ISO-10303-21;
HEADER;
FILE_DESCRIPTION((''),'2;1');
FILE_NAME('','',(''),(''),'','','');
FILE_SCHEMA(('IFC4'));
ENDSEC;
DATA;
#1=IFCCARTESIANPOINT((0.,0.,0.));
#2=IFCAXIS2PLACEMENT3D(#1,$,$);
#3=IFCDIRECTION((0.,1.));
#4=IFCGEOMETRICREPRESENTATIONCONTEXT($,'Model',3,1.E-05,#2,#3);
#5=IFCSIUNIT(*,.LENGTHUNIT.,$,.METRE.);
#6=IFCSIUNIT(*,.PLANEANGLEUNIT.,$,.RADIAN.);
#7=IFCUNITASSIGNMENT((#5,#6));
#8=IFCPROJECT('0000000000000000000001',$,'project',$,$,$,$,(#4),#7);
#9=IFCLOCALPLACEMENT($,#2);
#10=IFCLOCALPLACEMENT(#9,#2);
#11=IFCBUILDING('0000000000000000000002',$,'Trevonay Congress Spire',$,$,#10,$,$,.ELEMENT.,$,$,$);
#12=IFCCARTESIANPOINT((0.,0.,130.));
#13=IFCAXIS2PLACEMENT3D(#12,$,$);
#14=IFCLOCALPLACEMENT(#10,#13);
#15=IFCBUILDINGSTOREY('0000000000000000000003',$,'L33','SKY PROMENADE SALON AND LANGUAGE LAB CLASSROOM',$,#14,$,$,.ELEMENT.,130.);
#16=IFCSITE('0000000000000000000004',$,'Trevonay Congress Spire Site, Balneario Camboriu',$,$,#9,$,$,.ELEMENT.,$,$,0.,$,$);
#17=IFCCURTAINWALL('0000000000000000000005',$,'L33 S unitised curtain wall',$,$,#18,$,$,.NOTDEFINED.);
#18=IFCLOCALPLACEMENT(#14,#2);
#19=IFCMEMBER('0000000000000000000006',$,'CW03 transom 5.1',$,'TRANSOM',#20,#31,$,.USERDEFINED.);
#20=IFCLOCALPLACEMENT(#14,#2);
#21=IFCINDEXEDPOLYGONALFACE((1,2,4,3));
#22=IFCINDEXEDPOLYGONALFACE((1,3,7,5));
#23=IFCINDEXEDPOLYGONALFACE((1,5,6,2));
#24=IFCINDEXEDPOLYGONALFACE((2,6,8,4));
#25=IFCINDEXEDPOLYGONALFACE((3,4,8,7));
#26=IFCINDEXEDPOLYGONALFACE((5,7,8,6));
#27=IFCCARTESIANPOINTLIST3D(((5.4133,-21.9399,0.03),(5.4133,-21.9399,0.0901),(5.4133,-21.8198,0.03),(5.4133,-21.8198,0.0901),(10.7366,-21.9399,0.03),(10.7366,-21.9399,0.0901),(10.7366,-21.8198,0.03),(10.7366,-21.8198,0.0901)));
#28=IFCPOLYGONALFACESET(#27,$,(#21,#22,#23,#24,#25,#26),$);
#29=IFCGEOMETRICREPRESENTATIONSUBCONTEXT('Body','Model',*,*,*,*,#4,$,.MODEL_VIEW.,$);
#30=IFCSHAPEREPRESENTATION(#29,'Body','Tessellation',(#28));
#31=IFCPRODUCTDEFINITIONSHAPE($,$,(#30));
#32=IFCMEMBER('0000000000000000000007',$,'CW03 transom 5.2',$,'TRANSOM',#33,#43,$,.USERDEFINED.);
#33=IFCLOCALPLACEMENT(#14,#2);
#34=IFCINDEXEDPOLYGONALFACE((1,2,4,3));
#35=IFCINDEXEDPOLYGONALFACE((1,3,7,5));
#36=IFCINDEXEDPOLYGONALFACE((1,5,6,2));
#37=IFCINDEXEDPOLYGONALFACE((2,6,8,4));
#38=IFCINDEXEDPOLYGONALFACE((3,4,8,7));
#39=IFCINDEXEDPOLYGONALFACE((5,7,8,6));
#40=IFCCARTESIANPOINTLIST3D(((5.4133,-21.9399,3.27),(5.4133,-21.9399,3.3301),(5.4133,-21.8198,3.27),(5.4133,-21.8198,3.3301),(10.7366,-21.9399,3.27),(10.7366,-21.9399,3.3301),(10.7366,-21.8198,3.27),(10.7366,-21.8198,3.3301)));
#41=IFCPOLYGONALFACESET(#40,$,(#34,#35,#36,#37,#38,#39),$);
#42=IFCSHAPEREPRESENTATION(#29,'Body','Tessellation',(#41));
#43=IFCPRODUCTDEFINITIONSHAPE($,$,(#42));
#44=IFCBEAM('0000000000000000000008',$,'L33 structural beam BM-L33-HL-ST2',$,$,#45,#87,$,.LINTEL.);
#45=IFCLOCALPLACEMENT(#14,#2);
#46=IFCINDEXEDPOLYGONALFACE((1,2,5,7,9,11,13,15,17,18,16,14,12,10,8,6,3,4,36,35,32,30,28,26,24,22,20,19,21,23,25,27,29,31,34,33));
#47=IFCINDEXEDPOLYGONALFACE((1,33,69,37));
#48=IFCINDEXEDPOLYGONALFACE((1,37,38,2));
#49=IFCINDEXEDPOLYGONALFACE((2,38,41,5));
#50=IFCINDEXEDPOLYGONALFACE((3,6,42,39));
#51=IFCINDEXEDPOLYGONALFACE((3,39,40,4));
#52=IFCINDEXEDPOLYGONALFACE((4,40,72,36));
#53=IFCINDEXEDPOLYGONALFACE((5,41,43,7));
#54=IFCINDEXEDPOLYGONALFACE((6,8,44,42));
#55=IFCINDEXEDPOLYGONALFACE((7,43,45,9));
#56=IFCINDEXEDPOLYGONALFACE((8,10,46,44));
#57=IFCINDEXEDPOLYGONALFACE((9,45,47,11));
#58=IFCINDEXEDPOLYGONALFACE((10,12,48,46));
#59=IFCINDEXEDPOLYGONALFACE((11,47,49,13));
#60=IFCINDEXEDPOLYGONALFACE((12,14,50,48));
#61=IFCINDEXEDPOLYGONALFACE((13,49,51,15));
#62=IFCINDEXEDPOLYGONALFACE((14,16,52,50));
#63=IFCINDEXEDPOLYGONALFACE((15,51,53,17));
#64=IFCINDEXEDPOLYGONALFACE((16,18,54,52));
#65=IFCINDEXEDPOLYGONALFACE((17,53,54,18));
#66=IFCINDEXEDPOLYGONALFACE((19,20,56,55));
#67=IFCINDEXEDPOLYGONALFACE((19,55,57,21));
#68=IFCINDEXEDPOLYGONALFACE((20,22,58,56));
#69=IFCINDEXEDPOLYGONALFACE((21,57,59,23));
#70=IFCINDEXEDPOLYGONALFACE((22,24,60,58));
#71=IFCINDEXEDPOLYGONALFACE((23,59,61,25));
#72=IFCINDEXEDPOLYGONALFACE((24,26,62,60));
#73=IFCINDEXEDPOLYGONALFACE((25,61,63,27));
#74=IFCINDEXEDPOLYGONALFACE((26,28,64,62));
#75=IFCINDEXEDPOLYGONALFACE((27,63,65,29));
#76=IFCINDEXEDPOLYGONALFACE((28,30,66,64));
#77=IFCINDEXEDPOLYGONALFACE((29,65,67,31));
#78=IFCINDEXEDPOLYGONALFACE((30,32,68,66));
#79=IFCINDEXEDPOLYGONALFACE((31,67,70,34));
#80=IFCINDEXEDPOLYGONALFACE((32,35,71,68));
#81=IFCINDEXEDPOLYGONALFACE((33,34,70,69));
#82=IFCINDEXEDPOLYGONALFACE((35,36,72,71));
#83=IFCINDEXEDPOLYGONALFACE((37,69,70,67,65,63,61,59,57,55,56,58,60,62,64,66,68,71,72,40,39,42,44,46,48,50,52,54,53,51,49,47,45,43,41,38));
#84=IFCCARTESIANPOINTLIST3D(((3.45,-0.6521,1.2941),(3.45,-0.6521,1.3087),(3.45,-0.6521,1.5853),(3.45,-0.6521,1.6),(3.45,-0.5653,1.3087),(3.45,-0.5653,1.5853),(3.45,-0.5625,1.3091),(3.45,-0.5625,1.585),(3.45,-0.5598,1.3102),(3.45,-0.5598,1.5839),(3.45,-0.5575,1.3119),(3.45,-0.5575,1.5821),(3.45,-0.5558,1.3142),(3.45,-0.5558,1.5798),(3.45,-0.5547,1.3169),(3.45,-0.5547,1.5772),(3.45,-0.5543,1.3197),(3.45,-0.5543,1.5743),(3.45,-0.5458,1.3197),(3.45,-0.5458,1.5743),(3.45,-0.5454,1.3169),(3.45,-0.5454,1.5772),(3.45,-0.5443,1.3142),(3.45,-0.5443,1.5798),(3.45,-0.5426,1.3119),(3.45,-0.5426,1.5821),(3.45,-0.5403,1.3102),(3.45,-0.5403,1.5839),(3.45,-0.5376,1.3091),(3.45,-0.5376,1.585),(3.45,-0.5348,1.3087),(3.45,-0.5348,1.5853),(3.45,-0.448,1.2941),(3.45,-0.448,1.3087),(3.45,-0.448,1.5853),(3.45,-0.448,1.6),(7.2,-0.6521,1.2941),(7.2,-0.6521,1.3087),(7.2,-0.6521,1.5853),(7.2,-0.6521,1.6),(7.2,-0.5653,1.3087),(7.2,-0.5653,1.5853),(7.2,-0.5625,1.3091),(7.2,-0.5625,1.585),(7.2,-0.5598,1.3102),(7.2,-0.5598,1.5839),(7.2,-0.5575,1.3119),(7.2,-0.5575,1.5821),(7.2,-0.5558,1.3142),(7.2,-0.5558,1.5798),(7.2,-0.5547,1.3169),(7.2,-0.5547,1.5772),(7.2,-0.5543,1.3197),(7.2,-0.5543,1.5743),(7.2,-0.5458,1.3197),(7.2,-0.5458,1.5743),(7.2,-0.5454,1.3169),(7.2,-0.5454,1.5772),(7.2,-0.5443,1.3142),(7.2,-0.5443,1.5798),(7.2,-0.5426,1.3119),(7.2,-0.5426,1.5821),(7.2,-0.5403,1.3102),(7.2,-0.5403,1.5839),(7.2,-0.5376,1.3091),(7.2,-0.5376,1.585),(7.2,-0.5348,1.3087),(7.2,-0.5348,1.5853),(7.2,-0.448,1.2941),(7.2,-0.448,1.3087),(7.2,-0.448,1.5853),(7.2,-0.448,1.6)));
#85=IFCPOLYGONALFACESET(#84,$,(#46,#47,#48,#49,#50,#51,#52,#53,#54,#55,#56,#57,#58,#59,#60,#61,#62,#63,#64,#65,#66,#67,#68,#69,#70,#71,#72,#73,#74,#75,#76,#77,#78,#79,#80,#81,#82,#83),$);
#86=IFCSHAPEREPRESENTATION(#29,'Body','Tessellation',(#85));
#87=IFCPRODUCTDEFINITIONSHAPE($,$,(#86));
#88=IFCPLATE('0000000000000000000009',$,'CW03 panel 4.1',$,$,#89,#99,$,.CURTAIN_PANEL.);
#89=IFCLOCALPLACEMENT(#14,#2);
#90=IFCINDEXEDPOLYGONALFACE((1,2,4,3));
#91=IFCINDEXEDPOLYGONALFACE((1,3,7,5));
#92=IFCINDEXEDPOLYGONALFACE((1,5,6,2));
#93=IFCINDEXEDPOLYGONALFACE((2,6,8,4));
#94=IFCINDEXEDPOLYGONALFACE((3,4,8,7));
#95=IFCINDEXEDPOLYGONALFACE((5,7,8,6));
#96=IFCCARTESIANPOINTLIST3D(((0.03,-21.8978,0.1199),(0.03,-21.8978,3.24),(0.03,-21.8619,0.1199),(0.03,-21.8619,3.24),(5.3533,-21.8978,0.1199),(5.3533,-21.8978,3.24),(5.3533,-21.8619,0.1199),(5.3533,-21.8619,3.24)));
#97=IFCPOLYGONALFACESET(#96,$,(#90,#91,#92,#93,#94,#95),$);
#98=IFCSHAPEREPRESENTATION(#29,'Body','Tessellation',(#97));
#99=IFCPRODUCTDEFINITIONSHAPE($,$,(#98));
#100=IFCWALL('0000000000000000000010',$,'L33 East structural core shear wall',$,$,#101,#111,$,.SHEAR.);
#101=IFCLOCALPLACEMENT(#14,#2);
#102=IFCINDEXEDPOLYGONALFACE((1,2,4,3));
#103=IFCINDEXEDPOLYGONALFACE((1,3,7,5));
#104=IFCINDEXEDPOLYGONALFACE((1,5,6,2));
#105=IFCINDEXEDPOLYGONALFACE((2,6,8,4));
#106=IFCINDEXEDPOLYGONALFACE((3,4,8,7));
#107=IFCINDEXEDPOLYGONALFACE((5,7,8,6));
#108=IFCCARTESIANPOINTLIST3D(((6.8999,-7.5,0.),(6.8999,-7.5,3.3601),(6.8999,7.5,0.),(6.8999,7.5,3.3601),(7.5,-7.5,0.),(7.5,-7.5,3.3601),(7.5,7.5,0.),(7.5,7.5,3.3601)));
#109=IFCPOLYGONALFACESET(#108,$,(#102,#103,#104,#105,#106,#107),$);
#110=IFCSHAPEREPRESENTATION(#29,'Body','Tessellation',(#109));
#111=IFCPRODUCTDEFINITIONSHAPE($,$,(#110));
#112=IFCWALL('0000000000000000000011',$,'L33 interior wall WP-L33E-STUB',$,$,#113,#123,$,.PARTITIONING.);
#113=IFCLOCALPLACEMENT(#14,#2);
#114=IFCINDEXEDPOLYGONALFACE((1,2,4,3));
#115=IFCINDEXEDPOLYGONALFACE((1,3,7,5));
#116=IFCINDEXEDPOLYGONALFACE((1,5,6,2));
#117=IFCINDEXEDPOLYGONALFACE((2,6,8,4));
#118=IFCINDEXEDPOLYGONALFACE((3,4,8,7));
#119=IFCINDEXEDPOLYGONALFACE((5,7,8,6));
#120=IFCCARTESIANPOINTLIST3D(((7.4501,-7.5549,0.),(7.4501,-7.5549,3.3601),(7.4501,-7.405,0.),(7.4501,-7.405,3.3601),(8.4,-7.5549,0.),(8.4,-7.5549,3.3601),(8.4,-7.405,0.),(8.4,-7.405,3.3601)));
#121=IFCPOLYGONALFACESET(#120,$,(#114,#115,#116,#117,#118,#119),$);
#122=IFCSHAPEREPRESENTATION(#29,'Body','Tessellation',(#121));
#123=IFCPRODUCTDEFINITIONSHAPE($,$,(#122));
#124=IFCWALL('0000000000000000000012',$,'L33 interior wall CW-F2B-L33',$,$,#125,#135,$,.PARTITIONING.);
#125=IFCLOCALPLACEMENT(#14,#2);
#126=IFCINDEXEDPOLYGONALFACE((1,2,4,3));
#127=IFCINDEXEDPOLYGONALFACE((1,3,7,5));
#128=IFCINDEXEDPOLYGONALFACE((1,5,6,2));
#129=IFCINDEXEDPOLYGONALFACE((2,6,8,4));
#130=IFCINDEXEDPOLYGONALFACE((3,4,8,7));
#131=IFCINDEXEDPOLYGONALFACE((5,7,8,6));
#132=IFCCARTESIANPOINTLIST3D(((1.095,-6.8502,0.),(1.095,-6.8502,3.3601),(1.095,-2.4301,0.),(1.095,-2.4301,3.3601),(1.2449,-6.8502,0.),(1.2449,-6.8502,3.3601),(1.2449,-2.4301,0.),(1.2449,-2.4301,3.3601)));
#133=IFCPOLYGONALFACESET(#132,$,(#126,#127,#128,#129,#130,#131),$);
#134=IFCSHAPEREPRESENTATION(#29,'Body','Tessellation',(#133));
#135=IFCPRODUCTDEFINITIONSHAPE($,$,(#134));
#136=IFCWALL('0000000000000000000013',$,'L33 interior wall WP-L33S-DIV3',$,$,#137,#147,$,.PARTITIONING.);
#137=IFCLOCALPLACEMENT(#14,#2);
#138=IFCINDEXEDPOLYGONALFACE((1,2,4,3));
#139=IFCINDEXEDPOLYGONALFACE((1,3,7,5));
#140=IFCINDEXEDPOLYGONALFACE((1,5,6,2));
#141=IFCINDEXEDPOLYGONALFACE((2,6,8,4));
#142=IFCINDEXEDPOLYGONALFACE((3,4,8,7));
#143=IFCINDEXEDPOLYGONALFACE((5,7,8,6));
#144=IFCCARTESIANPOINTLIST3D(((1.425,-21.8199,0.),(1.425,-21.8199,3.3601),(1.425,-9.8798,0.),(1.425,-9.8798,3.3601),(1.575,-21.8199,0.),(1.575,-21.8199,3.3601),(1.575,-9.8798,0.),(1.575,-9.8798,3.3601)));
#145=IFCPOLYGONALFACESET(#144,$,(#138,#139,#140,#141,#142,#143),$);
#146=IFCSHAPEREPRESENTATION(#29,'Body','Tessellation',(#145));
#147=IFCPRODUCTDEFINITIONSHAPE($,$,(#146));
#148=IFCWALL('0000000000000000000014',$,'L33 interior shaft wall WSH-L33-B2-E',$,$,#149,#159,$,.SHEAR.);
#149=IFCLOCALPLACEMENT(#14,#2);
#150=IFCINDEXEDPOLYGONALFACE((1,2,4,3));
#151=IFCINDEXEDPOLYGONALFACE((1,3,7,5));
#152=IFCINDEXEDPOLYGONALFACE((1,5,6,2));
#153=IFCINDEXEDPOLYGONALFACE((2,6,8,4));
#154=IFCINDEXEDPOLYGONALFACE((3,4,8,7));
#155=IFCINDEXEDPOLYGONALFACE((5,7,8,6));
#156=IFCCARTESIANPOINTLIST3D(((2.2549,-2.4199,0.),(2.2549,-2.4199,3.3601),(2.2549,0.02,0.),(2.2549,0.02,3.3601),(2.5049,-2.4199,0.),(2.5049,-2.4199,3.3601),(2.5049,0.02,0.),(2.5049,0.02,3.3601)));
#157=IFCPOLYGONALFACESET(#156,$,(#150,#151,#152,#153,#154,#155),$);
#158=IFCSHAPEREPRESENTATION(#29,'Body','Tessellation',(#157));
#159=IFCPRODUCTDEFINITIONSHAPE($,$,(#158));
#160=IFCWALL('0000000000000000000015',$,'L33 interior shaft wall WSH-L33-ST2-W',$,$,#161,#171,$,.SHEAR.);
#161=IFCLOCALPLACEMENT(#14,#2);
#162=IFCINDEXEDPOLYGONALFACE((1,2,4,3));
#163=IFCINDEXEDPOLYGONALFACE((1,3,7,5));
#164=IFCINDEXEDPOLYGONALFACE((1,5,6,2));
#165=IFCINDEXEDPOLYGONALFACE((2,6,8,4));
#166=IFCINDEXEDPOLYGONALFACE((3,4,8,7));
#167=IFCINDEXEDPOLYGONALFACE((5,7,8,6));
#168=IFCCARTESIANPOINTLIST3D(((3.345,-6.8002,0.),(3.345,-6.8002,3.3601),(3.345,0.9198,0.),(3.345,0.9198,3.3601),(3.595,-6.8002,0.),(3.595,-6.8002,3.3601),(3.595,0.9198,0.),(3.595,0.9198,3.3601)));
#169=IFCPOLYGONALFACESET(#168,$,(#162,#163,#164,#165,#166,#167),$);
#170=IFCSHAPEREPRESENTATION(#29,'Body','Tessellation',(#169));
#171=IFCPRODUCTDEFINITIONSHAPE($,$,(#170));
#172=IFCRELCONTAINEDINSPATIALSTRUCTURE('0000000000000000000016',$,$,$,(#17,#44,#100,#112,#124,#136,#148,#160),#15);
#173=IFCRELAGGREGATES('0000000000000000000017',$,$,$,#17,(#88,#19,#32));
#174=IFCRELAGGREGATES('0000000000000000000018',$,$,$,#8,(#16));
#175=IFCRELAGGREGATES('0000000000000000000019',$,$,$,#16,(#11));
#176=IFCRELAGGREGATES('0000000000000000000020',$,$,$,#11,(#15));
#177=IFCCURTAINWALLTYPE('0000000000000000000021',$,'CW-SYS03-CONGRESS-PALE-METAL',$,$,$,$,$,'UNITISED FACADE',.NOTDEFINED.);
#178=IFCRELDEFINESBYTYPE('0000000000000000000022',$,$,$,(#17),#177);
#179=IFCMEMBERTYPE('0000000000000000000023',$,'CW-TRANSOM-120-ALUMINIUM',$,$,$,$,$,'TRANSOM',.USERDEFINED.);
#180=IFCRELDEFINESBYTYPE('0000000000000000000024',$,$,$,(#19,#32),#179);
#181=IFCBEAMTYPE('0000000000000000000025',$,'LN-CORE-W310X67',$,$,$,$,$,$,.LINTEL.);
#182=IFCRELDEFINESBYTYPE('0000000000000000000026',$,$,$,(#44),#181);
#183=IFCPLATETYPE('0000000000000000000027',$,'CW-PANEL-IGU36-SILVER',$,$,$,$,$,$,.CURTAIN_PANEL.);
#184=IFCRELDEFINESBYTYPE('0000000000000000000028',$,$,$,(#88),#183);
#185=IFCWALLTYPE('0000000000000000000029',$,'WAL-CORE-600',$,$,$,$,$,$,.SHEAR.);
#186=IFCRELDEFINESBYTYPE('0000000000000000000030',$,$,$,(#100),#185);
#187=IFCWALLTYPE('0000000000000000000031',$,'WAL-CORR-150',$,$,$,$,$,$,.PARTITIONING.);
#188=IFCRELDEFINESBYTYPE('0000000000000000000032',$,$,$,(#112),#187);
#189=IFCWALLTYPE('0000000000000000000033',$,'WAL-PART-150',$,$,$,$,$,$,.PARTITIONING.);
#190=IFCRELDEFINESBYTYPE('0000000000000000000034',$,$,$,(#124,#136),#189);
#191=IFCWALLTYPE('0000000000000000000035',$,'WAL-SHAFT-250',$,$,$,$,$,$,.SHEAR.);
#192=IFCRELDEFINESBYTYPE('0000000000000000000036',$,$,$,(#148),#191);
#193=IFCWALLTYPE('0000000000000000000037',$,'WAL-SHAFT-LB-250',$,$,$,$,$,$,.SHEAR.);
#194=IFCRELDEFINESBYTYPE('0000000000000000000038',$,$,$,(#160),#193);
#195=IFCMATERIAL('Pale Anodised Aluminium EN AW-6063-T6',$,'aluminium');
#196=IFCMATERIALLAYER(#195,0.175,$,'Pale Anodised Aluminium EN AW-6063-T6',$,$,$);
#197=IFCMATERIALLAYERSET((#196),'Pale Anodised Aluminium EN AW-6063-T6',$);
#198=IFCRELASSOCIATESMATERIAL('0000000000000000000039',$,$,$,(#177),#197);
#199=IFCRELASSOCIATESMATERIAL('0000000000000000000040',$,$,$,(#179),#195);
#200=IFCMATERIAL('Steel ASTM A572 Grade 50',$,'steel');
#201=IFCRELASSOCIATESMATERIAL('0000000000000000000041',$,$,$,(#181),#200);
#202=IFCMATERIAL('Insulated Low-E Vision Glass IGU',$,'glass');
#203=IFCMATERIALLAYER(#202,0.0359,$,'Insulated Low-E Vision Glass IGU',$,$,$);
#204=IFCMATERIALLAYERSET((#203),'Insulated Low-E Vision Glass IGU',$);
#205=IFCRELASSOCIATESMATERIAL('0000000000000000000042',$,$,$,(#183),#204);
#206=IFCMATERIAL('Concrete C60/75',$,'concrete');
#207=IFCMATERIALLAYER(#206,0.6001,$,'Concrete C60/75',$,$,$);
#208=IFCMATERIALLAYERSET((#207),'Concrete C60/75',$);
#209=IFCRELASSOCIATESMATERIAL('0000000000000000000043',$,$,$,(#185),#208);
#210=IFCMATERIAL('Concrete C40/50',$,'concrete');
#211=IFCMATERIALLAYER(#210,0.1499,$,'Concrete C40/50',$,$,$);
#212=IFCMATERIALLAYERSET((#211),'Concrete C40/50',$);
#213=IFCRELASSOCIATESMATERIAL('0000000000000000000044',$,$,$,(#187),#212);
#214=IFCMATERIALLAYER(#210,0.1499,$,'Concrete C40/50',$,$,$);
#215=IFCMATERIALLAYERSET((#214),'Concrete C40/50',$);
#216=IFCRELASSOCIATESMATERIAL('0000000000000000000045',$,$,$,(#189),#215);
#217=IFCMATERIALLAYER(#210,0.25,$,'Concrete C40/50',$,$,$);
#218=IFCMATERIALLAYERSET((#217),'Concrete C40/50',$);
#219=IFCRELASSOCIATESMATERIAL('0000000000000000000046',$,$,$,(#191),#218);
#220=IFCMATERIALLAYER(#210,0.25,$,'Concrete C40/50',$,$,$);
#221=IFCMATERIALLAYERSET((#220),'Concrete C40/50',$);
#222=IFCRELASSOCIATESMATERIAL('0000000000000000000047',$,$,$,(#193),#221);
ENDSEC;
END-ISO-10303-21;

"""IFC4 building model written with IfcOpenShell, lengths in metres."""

from ifc_helpers import new_model, si_unit, direction, frame, frame_2d, origin, origin_2d, place, context, subcontext, project, spatial, rectangle, i_section, extrude, material, layer, layer_set, material_profile, profile_set, type_object, element, aggregate, save


model = new_model("IFC4")

# Units and contexts
model_context = context("Model", 3, precision=1e-05, world=origin(), true_north=direction((0.0, 1.0)))
body_context = subcontext(model_context, "Body", "Model", "MODEL_VIEW")
ifc_project = project(units=[si_unit("LENGTHUNIT", "METRE"), si_unit("PLANEANGLEUNIT", "RADIAN")], contexts=[model_context])

# Site, building, storey
site_placement = place(None, origin())
site = spatial("IfcSite", under=ifc_project, at=site_placement, Name="Trevonay Congress Spire Site, Balneario Camboriu", CompositionType="ELEMENT", RefElevation=0.0)
building_placement = place(site_placement, origin())
building = spatial("IfcBuilding", under=site, at=building_placement, Name="Trevonay Congress Spire", CompositionType="ELEMENT")
storey_placement = place(building_placement, frame((0.0, 0.0, 130.0)))
storey = spatial("IfcBuildingStorey", under=building, at=storey_placement, Name="L33", Description="SKY PROMENADE SALON AND LANGUAGE LAB CLASSROOM", CompositionType="ELEMENT", Elevation=130.0)

# Shared definitions
ifc_material_1 = material(Name="Steel ASTM A572 Grade 50", Category="steel")

# Curtain wall, members
ifc_material_2 = material(Name="Pale Anodised Aluminium EN AW-6063-T6", Category="aluminium")
ifc_layer_1 = layer(ifc_material_2, 0.175, Name="Pale Anodised Aluminium EN AW-6063-T6")
ifc_layer_set_1 = layer_set([ifc_layer_1], Name="Pale Anodised Aluminium EN AW-6063-T6")
curtain_wall_type = type_object("IfcCurtainWallType", Name="CW-SYS03-CONGRESS-PALE-METAL", ElementType="UNITISED FACADE", PredefinedType="NOTDEFINED", material=ifc_layer_set_1)
curtain_wall_placement = place(storey_placement, origin())
curtain_wall = element("IfcCurtainWall", 1, at=curtain_wall_placement, inside=storey, type_object=curtain_wall_type, Name="L33 S unitised curtain wall", PredefinedType="NOTDEFINED")
ifc_material_profile_1 = material_profile(ifc_material_2, rectangle(XDim=0.1201, YDim=0.0601, at=origin_2d()), Name="CW-TRANSOM-120-ALUMINIUM")
ifc_profile_set_1 = profile_set([ifc_material_profile_1], Name="Pale Anodised Aluminium EN AW-6063-T6")
member_type_1 = type_object("IfcMemberType", Name="CW-TRANSOM-120-ALUMINIUM", ElementType="TRANSOM", PredefinedType="USERDEFINED", material=ifc_profile_set_1)
member_1_placement = place(storey_placement, frame((5.4133, -21.8799, 0.0601), z_axis=(1.0, 0.0, 0.0), x_axis=(0.0, 1.0, 0.0)))
member_1 = element("IfcMember", 2, at=member_1_placement, type_object=member_type_1, Name="CW03 transom 5.1", ObjectType="TRANSOM", PredefinedType="USERDEFINED", context=body_context, shape_type="SweptSolid", body=[
    extrude(rectangle(XDim=0.1201, YDim=0.0601, at=origin_2d()), origin(), (0.0, 0.0, 1.0), 5.3232),
])
member_2_placement = place(storey_placement, frame((5.4133, -21.8799, 3.3), z_axis=(1.0, 0.0, 0.0), x_axis=(0.0, 1.0, 0.0)))
member_2 = element("IfcMember", 3, at=member_2_placement, type_object=member_type_1, Name="CW03 transom 5.2", ObjectType="TRANSOM", PredefinedType="USERDEFINED", context=body_context, shape_type="SweptSolid", body=[
    extrude(rectangle(XDim=0.1201, YDim=0.0601, at=origin_2d()), origin(), (0.0, 0.0, 1.0), 5.3232),
])

# Beam
ifc_material_profile_2 = material_profile(ifc_material_1, i_section(OverallWidth=0.2041, OverallDepth=0.3059, WebThickness=0.0085, FlangeThickness=0.0146, FilletRadius=0.011, at=origin_2d()), Name="W310x67")
ifc_profile_set_2 = profile_set([ifc_material_profile_2], Name="Steel ASTM A572 Grade 50")
beam_type_1 = type_object("IfcBeamType", Name="LN-CORE-W310X67", PredefinedType="LINTEL", material=ifc_profile_set_2)
beam_1_placement = place(storey_placement, frame((3.45, -0.55, 1.447), z_axis=(1.0, 0.0, 0.0), x_axis=(0.0, 1.0, 0.0)))
element("IfcBeam", 4, at=beam_1_placement, inside=storey, type_object=beam_type_1, Name="L33 structural beam BM-L33-HL-ST2", PredefinedType="LINTEL", context=body_context, shape_type="SweptSolid", body=[
    extrude(i_section(OverallWidth=0.2041, OverallDepth=0.3059, WebThickness=0.0085, FlangeThickness=0.0146, FilletRadius=0.011, at=origin_2d()), origin(), (0.0, 0.0, 1.0), 3.75),
])

# Plate
ifc_material_3 = material(Name="Insulated Low-E Vision Glass IGU", Category="glass")
ifc_layer_2 = layer(ifc_material_3, 0.0359, Name="Insulated Low-E Vision Glass IGU")
ifc_layer_set_2 = layer_set([ifc_layer_2], Name="Insulated Low-E Vision Glass IGU")
plate_type = type_object("IfcPlateType", Name="CW-PANEL-IGU36-SILVER", PredefinedType="CURTAIN_PANEL", material=ifc_layer_set_2)
plate_placement = place(storey_placement, frame((2.6917, -21.8799, 0.1199), z_axis=(0.0, 0.0, 1.0), x_axis=(1.0, 0.0, 0.0)))
plate = element("IfcPlate", 5, at=plate_placement, type_object=plate_type, Name="CW03 panel 4.1", PredefinedType="CURTAIN_PANEL", context=body_context, shape_type="SweptSolid", body=[
    extrude(rectangle(XDim=5.3232, YDim=0.0359, at=origin_2d()), origin(), (0.0, 0.0, 1.0), 3.1201),
])
aggregate(curtain_wall, [plate, member_1, member_2])

# Walls
ifc_material_4 = material(Name="Concrete C60/75", Category="concrete")
ifc_layer_3 = layer(ifc_material_4, 0.6001, Name="Concrete C60/75")
ifc_layer_set_3 = layer_set([ifc_layer_3], Name="Concrete C60/75")
wall_type_1 = type_object("IfcWallType", Name="WAL-CORE-600", PredefinedType="SHEAR", material=ifc_layer_set_3)
wall_1_placement = place(storey_placement, frame((7.2, -7.5, 0.0), z_axis=(0.0, 0.0, 1.0), x_axis=(0.0, 1.0, 0.0)))
element("IfcWall", 6, at=wall_1_placement, inside=storey, type_object=wall_type_1, Name="L33 East structural core shear wall", PredefinedType="SHEAR", context=body_context, shape_type="SweptSolid", body=[
    extrude(rectangle(XDim=15.0, YDim=0.6001, at=frame_2d((7.5, 0.0))), origin(), (0.0, 0.0, 1.0), 3.3601),
])
ifc_material_5 = material(Name="Concrete C40/50", Category="concrete")
ifc_layer_4 = layer(ifc_material_5, 0.1499, Name="Concrete C40/50")
ifc_layer_set_4 = layer_set([ifc_layer_4], Name="Concrete C40/50")
wall_type_2 = type_object("IfcWallType", Name="WAL-CORR-150", PredefinedType="PARTITIONING", material=ifc_layer_set_4)
wall_2_placement = place(storey_placement, frame((7.45, -7.48, 0.0), z_axis=(0.0, 0.0, 1.0), x_axis=(1.0, 0.0, 0.0)))
element("IfcWall", 7, at=wall_2_placement, inside=storey, type_object=wall_type_2, Name="L33 interior wall WP-L33E-STUB", PredefinedType="PARTITIONING", context=body_context, shape_type="SweptSolid", body=[
    extrude(rectangle(XDim=0.95, YDim=0.1499, at=frame_2d((0.4751, 0.0))), origin(), (0.0, 0.0, 1.0), 3.3601),
])
ifc_layer_5 = layer(ifc_material_5, 0.1499, Name="Concrete C40/50")
ifc_layer_set_5 = layer_set([ifc_layer_5], Name="Concrete C40/50")
wall_type_3 = type_object("IfcWallType", Name="WAL-PART-150", PredefinedType="PARTITIONING", material=ifc_layer_set_5)
wall_3_placement = place(storey_placement, frame((1.1699, -6.8501, 0.0), z_axis=(0.0, 0.0, 1.0), x_axis=(0.0, 1.0, 0.0)))
element("IfcWall", 8, at=wall_3_placement, inside=storey, type_object=wall_type_3, Name="L33 interior wall CW-F2B-L33", PredefinedType="PARTITIONING", context=body_context, shape_type="SweptSolid", body=[
    extrude(rectangle(XDim=4.4202, YDim=0.1499, at=frame_2d((2.21, 0.0))), origin(), (0.0, 0.0, 1.0), 3.3601),
])
wall_4_placement = place(storey_placement, frame((1.5, -21.8201, 0.0), z_axis=(0.0, 0.0, 1.0), x_axis=(0.0, 1.0, 0.0)))
element("IfcWall", 9, at=wall_4_placement, inside=storey, type_object=wall_type_3, Name="L33 interior wall WP-L33S-DIV3", PredefinedType="PARTITIONING", context=body_context, shape_type="SweptSolid", body=[
    extrude(rectangle(XDim=11.9402, YDim=0.1499, at=frame_2d((5.9702, 0.0))), origin(), (0.0, 0.0, 1.0), 3.3601),
])
ifc_layer_6 = layer(ifc_material_5, 0.25, Name="Concrete C40/50")
ifc_layer_set_6 = layer_set([ifc_layer_6], Name="Concrete C40/50")
wall_type_4 = type_object("IfcWallType", Name="WAL-SHAFT-250", PredefinedType="SHEAR", material=ifc_layer_set_6)
wall_5_placement = place(storey_placement, frame((2.3799, -2.4199, 0.0), z_axis=(0.0, 0.0, 1.0), x_axis=(0.0, 1.0, 0.0)))
element("IfcWall", 10, at=wall_5_placement, inside=storey, type_object=wall_type_4, Name="L33 interior shaft wall WSH-L33-B2-E", PredefinedType="SHEAR", context=body_context, shape_type="SweptSolid", body=[
    extrude(rectangle(XDim=2.4399, YDim=0.25, at=frame_2d((1.22, 0.0))), origin(), (0.0, 0.0, 1.0), 3.3601),
])
ifc_layer_7 = layer(ifc_material_5, 0.25, Name="Concrete C40/50")
ifc_layer_set_7 = layer_set([ifc_layer_7], Name="Concrete C40/50")
wall_type_5 = type_object("IfcWallType", Name="WAL-SHAFT-LB-250", PredefinedType="SHEAR", material=ifc_layer_set_7)
wall_6_placement = place(storey_placement, frame((3.47, -6.8, 0.0), z_axis=(0.0, 0.0, 1.0), x_axis=(0.0, 1.0, 0.0)))
element("IfcWall", 11, at=wall_6_placement, inside=storey, type_object=wall_type_5, Name="L33 interior shaft wall WSH-L33-ST2-W", PredefinedType="SHEAR", context=body_context, shape_type="SweptSolid", body=[
    extrude(rectangle(XDim=7.72, YDim=0.25, at=frame_2d((3.8599, 0.0))), origin(), (0.0, 0.0, 1.0), 3.3601),
])

save(model, "model.ifc")
